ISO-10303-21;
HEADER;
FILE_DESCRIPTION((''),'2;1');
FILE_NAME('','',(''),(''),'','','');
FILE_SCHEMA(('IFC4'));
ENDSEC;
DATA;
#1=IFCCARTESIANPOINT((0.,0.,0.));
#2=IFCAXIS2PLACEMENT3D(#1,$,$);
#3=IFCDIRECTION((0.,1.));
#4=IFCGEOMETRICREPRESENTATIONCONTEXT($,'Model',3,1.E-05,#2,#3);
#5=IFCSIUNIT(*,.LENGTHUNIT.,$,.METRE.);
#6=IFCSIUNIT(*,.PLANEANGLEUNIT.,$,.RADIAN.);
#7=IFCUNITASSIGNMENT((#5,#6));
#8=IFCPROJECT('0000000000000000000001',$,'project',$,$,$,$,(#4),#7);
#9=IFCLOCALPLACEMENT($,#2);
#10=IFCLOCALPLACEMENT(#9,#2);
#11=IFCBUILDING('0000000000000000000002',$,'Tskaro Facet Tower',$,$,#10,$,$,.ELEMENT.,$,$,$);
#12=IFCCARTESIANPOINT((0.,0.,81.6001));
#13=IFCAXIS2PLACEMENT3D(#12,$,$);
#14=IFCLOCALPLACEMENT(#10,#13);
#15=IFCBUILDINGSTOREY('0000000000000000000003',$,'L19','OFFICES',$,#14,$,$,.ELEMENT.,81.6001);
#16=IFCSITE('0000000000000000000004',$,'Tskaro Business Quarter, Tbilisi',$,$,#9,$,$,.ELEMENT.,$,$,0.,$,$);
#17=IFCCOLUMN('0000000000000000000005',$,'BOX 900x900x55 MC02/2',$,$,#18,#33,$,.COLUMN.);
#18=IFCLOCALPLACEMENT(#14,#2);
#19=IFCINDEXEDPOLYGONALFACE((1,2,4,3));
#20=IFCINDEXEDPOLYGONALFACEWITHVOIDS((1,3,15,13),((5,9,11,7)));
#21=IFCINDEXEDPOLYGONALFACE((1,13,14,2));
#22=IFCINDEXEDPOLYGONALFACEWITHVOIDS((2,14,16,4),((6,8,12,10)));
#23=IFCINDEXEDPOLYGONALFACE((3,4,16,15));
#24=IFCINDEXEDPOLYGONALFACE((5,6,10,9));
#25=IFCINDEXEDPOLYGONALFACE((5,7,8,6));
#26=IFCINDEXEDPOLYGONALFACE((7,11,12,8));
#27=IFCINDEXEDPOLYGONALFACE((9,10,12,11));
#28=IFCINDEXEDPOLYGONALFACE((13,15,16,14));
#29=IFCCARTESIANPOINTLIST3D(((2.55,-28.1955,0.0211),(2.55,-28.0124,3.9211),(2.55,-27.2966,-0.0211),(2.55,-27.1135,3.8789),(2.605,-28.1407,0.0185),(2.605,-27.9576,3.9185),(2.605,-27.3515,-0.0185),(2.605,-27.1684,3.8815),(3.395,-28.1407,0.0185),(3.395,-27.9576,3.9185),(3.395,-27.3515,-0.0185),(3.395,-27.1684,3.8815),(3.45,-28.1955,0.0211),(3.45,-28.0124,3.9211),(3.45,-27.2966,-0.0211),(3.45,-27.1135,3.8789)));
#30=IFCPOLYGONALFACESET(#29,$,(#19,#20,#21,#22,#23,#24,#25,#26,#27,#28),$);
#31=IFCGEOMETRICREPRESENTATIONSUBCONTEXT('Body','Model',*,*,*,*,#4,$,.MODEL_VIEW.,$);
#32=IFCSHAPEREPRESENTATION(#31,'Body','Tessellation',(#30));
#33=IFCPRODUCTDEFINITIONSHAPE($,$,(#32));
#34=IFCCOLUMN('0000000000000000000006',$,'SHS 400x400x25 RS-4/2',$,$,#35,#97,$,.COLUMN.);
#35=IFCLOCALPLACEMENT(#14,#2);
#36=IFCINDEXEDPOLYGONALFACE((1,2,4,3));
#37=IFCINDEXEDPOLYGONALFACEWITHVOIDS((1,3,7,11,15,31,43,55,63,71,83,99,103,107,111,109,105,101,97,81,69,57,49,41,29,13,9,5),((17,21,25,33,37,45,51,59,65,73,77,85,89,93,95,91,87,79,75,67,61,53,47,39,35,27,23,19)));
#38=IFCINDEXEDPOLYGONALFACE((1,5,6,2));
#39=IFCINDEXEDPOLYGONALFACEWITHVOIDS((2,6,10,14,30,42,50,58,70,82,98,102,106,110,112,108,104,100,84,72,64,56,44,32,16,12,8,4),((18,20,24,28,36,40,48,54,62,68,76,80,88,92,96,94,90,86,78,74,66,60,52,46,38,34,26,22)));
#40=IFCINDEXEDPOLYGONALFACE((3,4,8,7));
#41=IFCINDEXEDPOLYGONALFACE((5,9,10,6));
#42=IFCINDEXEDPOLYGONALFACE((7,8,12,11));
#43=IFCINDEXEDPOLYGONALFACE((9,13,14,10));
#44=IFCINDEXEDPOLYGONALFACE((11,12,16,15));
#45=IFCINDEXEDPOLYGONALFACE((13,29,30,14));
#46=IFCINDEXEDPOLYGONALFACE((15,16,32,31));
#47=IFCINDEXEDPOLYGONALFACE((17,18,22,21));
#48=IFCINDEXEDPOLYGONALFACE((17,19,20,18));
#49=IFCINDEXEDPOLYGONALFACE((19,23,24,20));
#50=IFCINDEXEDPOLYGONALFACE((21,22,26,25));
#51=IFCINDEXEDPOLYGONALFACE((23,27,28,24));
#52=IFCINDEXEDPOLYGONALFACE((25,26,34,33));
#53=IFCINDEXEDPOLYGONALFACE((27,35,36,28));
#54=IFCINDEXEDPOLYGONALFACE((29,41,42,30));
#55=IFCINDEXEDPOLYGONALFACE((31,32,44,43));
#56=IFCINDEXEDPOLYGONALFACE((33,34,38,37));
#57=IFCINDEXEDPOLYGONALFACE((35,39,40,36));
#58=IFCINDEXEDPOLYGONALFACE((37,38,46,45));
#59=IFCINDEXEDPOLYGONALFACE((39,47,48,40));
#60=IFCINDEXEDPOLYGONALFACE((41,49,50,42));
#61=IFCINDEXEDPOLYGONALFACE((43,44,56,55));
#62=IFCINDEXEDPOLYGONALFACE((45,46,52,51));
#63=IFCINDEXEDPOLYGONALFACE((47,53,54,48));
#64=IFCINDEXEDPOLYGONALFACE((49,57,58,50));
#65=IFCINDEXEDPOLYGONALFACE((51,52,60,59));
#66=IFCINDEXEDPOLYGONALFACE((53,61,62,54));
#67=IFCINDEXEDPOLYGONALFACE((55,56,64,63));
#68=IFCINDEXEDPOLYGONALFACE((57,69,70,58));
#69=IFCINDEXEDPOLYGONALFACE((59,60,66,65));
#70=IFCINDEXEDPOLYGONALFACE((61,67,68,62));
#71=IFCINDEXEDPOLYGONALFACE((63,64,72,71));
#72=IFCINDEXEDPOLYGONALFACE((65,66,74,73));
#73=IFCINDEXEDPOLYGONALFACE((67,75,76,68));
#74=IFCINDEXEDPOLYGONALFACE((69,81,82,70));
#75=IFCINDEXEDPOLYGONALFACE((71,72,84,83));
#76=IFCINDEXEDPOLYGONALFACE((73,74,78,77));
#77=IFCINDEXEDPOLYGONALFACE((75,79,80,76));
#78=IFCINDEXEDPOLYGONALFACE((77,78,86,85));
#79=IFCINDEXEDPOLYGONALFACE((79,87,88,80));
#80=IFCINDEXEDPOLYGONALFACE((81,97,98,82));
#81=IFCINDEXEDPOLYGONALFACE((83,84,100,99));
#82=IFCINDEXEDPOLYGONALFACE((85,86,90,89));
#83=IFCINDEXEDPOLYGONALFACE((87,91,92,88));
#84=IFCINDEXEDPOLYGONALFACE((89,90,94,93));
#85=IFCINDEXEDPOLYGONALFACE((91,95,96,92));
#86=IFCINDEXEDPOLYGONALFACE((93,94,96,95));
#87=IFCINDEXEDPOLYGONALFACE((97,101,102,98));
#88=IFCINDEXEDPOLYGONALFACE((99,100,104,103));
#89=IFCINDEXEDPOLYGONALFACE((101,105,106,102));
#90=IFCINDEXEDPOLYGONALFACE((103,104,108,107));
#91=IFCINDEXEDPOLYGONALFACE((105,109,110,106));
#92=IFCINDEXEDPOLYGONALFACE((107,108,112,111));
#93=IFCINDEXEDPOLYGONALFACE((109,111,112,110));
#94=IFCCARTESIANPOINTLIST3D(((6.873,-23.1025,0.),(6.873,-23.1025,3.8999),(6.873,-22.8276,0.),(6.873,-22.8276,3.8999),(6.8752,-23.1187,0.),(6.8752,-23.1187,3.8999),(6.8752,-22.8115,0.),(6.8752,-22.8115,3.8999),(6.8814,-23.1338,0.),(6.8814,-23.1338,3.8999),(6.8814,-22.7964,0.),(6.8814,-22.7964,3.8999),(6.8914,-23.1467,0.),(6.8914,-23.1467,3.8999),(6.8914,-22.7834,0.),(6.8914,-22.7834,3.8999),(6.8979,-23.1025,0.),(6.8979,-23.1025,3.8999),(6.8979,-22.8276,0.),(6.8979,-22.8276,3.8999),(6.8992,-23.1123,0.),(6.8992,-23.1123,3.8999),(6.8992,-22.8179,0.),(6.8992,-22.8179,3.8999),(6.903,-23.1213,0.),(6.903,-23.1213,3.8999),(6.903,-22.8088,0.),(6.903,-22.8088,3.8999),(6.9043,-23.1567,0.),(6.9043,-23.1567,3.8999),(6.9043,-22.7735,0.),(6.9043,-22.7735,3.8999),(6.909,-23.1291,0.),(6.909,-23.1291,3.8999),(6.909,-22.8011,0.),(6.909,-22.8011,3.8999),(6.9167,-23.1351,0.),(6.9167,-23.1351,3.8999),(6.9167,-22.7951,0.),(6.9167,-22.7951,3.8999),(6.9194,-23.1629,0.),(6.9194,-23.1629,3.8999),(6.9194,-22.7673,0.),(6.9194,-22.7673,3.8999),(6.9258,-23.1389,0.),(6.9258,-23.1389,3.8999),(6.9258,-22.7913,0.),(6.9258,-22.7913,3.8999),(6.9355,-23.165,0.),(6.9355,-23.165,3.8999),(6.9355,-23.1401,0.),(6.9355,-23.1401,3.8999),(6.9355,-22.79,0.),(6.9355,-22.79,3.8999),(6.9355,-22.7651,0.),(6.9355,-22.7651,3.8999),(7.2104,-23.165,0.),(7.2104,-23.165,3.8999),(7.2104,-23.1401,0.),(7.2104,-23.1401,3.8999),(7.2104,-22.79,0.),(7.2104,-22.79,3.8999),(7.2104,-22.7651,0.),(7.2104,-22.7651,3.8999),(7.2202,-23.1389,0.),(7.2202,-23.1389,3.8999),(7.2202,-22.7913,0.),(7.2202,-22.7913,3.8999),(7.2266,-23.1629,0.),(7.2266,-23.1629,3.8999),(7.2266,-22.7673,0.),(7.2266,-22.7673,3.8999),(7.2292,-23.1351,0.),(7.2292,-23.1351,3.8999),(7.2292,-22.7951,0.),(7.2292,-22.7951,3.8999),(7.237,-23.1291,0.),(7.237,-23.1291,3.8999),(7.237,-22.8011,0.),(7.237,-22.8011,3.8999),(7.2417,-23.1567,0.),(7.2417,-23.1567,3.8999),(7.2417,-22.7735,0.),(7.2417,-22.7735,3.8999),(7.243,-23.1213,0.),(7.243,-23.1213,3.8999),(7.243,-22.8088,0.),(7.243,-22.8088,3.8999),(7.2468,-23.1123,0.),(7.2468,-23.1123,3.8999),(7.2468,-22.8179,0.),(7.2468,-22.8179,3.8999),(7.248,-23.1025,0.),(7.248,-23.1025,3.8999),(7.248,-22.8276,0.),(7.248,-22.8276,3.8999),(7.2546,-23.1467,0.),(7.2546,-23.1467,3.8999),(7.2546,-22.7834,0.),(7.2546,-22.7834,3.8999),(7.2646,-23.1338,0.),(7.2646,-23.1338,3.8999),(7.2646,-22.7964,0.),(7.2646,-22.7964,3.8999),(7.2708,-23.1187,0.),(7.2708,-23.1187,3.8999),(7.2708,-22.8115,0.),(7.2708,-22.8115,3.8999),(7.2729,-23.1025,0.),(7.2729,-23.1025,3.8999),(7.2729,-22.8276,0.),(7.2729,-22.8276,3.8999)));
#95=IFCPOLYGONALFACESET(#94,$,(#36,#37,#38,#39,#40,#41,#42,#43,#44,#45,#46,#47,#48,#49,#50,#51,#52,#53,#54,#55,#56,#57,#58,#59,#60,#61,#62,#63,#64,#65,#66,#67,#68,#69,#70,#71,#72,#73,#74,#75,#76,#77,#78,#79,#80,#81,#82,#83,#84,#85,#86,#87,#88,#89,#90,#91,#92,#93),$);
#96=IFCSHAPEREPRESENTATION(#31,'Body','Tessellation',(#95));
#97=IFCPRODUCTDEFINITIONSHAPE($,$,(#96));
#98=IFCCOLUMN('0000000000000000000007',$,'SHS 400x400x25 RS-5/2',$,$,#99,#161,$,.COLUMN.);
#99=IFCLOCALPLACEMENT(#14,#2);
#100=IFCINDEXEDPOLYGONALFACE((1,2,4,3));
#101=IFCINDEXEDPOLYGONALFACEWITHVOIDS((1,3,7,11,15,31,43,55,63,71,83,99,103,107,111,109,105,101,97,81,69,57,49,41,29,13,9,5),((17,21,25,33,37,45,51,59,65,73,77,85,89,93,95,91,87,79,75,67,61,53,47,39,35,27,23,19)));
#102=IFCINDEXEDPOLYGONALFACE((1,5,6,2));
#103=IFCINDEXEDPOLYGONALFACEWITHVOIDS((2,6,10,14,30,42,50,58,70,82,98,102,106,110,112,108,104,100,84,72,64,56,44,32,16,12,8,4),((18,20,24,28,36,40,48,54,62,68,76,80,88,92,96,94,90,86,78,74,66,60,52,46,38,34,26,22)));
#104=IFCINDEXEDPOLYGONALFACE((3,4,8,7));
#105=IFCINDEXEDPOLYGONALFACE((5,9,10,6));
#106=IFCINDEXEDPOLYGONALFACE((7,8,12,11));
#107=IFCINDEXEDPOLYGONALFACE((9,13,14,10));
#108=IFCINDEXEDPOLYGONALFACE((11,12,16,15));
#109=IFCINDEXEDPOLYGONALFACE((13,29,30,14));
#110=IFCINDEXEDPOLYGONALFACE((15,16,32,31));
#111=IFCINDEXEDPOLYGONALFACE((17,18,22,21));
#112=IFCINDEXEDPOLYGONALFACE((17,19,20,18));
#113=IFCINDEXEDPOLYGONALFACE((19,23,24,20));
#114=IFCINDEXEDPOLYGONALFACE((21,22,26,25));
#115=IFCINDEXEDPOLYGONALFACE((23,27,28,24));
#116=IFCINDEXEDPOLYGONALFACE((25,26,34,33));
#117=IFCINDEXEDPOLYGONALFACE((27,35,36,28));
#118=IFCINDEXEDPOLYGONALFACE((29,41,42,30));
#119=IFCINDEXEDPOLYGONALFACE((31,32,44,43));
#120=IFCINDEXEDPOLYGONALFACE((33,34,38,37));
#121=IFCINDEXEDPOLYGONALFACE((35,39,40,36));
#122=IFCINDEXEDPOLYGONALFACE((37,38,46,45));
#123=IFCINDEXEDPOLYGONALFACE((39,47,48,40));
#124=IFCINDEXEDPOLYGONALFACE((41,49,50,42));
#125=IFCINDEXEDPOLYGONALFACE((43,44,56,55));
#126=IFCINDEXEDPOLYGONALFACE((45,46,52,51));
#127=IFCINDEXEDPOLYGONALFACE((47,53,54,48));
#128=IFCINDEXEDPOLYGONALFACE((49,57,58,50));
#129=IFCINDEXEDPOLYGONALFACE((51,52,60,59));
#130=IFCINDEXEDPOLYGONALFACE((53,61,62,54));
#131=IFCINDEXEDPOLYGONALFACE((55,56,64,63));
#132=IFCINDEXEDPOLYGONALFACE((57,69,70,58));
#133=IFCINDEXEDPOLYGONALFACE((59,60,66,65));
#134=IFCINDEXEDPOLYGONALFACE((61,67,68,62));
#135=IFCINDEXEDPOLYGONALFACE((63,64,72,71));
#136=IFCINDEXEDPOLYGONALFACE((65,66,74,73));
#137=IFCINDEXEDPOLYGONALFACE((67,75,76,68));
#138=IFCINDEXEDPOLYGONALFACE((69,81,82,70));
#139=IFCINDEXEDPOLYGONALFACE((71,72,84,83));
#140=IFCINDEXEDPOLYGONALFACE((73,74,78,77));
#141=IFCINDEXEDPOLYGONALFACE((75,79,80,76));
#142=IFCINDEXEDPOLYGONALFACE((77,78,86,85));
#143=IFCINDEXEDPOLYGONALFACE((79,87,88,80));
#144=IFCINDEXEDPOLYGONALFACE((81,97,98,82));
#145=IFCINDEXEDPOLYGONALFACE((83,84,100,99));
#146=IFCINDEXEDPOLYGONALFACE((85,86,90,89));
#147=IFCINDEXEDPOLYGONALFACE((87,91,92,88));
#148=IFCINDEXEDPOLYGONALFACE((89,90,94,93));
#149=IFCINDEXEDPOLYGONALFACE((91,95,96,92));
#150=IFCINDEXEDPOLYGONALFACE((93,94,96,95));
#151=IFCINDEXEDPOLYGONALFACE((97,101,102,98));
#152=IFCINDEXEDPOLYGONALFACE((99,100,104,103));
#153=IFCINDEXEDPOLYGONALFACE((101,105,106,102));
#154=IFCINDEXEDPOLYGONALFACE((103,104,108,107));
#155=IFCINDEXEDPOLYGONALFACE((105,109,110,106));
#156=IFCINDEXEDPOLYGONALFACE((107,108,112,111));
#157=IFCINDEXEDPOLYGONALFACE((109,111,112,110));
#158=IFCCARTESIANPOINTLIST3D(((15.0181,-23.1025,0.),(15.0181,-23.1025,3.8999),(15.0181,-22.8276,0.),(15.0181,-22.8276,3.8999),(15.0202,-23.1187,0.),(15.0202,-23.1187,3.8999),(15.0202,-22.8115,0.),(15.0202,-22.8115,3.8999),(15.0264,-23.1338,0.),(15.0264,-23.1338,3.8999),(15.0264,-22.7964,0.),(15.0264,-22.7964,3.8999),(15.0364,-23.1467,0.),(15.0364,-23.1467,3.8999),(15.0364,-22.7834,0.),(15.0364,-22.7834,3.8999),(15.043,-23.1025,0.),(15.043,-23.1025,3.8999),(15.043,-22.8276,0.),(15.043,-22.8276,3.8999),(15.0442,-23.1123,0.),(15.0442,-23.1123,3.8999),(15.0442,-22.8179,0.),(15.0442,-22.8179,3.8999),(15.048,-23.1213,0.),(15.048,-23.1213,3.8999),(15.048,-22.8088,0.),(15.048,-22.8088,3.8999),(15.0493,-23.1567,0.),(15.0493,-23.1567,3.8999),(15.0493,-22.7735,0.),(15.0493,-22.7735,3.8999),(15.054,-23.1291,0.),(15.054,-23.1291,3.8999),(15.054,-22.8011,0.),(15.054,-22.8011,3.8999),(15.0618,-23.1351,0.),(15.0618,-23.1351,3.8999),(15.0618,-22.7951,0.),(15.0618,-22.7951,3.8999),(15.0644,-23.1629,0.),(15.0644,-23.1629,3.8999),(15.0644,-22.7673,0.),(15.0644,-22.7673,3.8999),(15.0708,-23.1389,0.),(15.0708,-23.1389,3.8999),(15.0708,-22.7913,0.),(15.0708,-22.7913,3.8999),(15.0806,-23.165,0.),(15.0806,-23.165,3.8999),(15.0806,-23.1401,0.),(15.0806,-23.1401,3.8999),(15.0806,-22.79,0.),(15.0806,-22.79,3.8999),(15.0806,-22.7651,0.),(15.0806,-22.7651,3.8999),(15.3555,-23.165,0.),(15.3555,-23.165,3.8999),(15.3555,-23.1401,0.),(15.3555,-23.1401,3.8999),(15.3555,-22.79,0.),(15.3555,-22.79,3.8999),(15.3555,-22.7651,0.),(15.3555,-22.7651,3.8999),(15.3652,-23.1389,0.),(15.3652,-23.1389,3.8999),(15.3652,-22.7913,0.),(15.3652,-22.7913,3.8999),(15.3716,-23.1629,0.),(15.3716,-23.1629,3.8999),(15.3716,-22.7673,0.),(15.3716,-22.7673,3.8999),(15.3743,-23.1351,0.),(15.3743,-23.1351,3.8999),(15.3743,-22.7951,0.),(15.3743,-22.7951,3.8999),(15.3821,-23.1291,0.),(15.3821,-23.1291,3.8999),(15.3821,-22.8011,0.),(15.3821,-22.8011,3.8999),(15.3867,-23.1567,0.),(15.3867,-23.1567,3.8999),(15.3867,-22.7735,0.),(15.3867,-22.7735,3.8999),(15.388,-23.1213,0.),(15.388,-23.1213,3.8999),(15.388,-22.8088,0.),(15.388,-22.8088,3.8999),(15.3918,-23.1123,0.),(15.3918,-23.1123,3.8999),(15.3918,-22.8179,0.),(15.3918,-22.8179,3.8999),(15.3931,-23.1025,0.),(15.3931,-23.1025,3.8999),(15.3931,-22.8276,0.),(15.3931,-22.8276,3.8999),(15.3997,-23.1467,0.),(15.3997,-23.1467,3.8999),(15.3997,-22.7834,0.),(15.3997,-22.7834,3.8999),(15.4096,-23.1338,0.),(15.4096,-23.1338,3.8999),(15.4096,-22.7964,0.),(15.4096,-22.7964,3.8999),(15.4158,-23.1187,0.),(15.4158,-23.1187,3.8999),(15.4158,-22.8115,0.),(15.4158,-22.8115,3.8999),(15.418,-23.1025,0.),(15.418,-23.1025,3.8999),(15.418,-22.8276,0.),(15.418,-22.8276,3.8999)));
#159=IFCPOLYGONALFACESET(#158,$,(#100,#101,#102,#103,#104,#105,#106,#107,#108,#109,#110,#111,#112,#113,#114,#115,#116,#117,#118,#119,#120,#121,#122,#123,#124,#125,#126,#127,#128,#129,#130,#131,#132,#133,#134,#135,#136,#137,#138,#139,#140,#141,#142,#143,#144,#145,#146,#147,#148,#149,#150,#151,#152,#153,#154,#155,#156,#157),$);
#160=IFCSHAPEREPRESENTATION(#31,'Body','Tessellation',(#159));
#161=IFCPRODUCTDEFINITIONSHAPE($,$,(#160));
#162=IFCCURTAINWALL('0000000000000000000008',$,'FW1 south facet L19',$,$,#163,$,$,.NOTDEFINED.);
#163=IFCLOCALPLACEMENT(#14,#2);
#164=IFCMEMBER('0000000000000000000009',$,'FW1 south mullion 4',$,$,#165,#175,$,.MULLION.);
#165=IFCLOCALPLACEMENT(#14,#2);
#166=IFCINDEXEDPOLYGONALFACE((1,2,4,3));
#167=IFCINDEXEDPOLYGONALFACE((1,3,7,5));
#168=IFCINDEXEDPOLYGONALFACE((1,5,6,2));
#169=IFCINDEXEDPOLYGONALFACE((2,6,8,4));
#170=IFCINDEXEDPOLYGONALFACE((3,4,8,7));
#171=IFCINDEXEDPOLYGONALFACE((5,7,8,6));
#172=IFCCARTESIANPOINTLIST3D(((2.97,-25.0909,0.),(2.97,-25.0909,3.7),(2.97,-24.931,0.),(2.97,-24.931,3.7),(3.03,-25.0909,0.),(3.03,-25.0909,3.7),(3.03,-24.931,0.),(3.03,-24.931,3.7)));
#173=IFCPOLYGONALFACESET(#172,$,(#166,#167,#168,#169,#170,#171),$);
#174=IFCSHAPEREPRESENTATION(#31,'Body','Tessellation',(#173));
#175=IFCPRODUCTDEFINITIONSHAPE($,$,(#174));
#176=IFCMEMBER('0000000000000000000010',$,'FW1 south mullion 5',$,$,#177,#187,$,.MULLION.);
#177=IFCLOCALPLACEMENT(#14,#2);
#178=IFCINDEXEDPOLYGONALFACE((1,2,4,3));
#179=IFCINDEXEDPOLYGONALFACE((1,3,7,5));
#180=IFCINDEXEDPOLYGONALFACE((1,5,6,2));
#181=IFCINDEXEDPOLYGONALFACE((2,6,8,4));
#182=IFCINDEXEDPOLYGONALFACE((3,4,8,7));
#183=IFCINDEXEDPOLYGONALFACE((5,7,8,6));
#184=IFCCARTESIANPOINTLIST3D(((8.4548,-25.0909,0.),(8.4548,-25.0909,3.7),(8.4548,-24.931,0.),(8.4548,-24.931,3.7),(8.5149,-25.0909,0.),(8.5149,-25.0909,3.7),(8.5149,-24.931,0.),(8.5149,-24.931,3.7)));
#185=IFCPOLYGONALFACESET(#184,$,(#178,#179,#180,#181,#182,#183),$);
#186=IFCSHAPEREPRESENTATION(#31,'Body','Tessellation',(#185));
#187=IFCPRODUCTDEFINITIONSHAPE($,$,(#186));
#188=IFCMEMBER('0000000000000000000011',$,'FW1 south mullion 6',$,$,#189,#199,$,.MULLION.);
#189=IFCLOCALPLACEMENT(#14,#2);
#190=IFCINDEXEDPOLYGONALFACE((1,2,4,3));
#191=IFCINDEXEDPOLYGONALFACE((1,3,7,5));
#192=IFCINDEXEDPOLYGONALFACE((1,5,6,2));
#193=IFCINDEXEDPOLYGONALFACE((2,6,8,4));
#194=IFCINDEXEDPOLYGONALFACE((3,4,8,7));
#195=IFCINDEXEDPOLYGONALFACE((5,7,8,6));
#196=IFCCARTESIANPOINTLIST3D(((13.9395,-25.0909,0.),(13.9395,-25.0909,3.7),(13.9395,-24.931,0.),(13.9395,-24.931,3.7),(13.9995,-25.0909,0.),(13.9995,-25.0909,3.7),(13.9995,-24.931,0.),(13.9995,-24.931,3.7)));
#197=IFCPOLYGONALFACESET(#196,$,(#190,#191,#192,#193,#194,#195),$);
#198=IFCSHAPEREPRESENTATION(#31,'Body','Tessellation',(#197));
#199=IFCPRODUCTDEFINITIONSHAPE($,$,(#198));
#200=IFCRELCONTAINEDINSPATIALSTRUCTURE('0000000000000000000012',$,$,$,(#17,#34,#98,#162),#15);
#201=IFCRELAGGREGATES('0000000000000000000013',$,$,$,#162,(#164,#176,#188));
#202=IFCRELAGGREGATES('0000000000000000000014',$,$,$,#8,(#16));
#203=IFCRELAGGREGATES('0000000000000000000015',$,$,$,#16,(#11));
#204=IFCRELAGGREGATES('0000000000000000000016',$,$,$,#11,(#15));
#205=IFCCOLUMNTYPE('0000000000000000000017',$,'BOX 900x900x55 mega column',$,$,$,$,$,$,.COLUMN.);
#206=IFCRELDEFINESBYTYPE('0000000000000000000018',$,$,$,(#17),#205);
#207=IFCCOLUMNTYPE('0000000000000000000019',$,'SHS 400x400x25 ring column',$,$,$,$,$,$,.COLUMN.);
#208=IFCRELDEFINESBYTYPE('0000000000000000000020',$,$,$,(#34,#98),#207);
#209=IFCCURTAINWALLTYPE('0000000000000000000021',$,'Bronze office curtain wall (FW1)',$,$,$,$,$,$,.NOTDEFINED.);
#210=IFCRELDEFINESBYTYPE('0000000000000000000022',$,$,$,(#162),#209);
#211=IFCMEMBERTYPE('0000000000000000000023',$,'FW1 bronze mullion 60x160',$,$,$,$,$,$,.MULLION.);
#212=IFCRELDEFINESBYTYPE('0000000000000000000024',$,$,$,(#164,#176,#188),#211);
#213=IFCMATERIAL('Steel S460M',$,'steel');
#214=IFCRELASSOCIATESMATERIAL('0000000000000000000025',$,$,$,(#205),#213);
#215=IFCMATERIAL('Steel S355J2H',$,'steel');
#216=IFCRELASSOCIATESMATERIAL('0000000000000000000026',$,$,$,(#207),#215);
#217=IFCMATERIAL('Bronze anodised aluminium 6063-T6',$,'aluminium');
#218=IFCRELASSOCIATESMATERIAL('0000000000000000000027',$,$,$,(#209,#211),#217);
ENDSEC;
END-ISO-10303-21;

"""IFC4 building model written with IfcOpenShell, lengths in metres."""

from ifc_helpers import new_model, si_unit, direction, frame, origin, origin_2d, place, context, subcontext, project, spatial, rectangle, hollow_rectangle, extrude, material, material_profile, profile_set, type_object, element, aggregate, save


model = new_model("IFC4")

# Units and contexts
model_context = context("Model", 3, precision=1e-05, world=origin(), true_north=direction((0.0, 1.0)))
body_context = subcontext(model_context, "Body", "Model", "MODEL_VIEW")
ifc_project = project(units=[si_unit("LENGTHUNIT", "METRE"), si_unit("PLANEANGLEUNIT", "RADIAN")], contexts=[model_context])

# Site, building, storey
site_placement = place(None, origin())
site = spatial("IfcSite", under=ifc_project, at=site_placement, Name="Tskaro Business Quarter, Tbilisi", CompositionType="ELEMENT", RefElevation=0.0)
building_placement = place(site_placement, origin())
building = spatial("IfcBuilding", under=site, at=building_placement, Name="Tskaro Facet Tower", CompositionType="ELEMENT")
storey_placement = place(building_placement, frame((0.0, 0.0, 81.6001)))
storey = spatial("IfcBuildingStorey", under=building, at=storey_placement, Name="L19", Description="OFFICES", CompositionType="ELEMENT", Elevation=81.6001)

# Columns
ifc_material_1 = material(Name="Steel S460M", Category="steel")
ifc_material_profile_1 = material_profile(ifc_material_1, hollow_rectangle(XDim=0.8999, YDim=0.8999, WallThickness=0.0549, at=origin_2d()), Name="BOX 900x900x55")
ifc_profile_set_1 = profile_set([ifc_material_profile_1], Name="Steel S460M")
column_type_1 = type_object("IfcColumnType", Name="BOX 900x900x55 mega column", PredefinedType="COLUMN", material=ifc_profile_set_1)
column_placement = place(storey_placement, frame((3.0, -27.7461, 0.0), z_axis=(0.0, 0.0469, 0.9989), x_axis=(-1.0, 0.0, 0.0)))
element("IfcColumn", 1, at=column_placement, inside=storey, type_object=column_type_1, Name="BOX 900x900x55 MC02/2", PredefinedType="COLUMN", context=body_context, shape_type="SweptSolid", body=[
    extrude(hollow_rectangle(XDim=0.8999, YDim=0.8999, WallThickness=0.0549, at=origin_2d()), origin(), (0.0, 0.0, 1.0), 3.9043),
])
ifc_material_2 = material(Name="Steel S355J2H", Category="steel")
ifc_material_profile_2 = material_profile(ifc_material_2, hollow_rectangle(XDim=0.3999, YDim=0.3999, WallThickness=0.0249, InnerFilletRadius=0.0376, OuterFilletRadius=0.0625, at=origin_2d()), Name="SHS 400x400x25")
ifc_profile_set_2 = profile_set([ifc_material_profile_2], Name="Steel S355J2H")
column_type_2 = type_object("IfcColumnType", Name="SHS 400x400x25 ring column", PredefinedType="COLUMN", material=ifc_profile_set_2)
for number, where, z_axis, x_axis, name in (
    (2, (7.073, -22.9651, 0.0), (0.0, 0.0, 1.0), (1.0, 0.0, 0.0), "SHS 400x400x25 RS-4/2"),
    (3, (15.218, -22.9651, 0.0), (0.0, 0.0, 1.0), (1.0, 0.0, 0.0), "SHS 400x400x25 RS-5/2"),
):
    element("IfcColumn", number, at=place(storey_placement, frame(where, z_axis=z_axis, x_axis=x_axis)), inside=storey, type_object=column_type_2, Name=name, PredefinedType="COLUMN", context=body_context, shape_type="SweptSolid", body=[
        extrude(hollow_rectangle(XDim=0.3999, YDim=0.3999, WallThickness=0.0249, InnerFilletRadius=0.0376, OuterFilletRadius=0.0625, at=origin_2d()), origin(), (0.0, 0.0, 1.0), 3.8999),
    ])

# Curtain wall, members
ifc_material_3 = material(Name="Bronze anodised aluminium 6063-T6", Category="aluminium")
curtain_wall_type = type_object("IfcCurtainWallType", Name="Bronze office curtain wall (FW1)", PredefinedType="NOTDEFINED", material=ifc_material_3)
curtain_wall_placement = place(storey_placement, origin())
curtain_wall = element("IfcCurtainWall", 4, at=curtain_wall_placement, inside=storey, type_object=curtain_wall_type, Name="FW1 south facet L19", PredefinedType="NOTDEFINED")
ifc_material_profile_3 = material_profile(ifc_material_3, rectangle(XDim=0.0601, YDim=0.1599, at=origin_2d()), Name="Mullion 60x160")
ifc_profile_set_3 = profile_set([ifc_material_profile_3], Name="Bronze anodised aluminium 6063-T6")
member_type_1 = type_object("IfcMemberType", Name="FW1 bronze mullion 60x160", PredefinedType="MULLION", material=ifc_profile_set_3)
member_1_placement = place(storey_placement, frame((3.0, -25.011, 0.0), z_axis=(0.0, 0.0, 1.0), x_axis=(1.0, 0.0, 0.0)))
member_1 = element("IfcMember", 5, at=member_1_placement, type_object=member_type_1, Name="FW1 south mullion 4", PredefinedType="MULLION", context=body_context, shape_type="SweptSolid", body=[
    extrude(rectangle(XDim=0.0601, YDim=0.1599, at=origin_2d()), origin(), (0.0, 0.0, 1.0), 3.7),
])
member_2_placement = place(storey_placement, frame((8.4849, -25.011, 0.0), z_axis=(0.0, 0.0, 1.0), x_axis=(1.0, 0.0, 0.0)))
member_2 = element("IfcMember", 6, at=member_2_placement, type_object=member_type_1, Name="FW1 south mullion 5", PredefinedType="MULLION", context=body_context, shape_type="SweptSolid", body=[
    extrude(rectangle(XDim=0.0601, YDim=0.1599, at=origin_2d()), origin(), (0.0, 0.0, 1.0), 3.7),
])
member_3_placement = place(storey_placement, frame((13.9695, -25.011, 0.0), z_axis=(0.0, 0.0, 1.0), x_axis=(1.0, 0.0, 0.0)))
member_3 = element("IfcMember", 7, at=member_3_placement, type_object=member_type_1, Name="FW1 south mullion 6", PredefinedType="MULLION", context=body_context, shape_type="SweptSolid", body=[
    extrude(rectangle(XDim=0.0601, YDim=0.1599, at=origin_2d()), origin(), (0.0, 0.0, 1.0), 3.7),
])

aggregate(curtain_wall, [member_1, member_2, member_3])

save(model, "model.ifc")
